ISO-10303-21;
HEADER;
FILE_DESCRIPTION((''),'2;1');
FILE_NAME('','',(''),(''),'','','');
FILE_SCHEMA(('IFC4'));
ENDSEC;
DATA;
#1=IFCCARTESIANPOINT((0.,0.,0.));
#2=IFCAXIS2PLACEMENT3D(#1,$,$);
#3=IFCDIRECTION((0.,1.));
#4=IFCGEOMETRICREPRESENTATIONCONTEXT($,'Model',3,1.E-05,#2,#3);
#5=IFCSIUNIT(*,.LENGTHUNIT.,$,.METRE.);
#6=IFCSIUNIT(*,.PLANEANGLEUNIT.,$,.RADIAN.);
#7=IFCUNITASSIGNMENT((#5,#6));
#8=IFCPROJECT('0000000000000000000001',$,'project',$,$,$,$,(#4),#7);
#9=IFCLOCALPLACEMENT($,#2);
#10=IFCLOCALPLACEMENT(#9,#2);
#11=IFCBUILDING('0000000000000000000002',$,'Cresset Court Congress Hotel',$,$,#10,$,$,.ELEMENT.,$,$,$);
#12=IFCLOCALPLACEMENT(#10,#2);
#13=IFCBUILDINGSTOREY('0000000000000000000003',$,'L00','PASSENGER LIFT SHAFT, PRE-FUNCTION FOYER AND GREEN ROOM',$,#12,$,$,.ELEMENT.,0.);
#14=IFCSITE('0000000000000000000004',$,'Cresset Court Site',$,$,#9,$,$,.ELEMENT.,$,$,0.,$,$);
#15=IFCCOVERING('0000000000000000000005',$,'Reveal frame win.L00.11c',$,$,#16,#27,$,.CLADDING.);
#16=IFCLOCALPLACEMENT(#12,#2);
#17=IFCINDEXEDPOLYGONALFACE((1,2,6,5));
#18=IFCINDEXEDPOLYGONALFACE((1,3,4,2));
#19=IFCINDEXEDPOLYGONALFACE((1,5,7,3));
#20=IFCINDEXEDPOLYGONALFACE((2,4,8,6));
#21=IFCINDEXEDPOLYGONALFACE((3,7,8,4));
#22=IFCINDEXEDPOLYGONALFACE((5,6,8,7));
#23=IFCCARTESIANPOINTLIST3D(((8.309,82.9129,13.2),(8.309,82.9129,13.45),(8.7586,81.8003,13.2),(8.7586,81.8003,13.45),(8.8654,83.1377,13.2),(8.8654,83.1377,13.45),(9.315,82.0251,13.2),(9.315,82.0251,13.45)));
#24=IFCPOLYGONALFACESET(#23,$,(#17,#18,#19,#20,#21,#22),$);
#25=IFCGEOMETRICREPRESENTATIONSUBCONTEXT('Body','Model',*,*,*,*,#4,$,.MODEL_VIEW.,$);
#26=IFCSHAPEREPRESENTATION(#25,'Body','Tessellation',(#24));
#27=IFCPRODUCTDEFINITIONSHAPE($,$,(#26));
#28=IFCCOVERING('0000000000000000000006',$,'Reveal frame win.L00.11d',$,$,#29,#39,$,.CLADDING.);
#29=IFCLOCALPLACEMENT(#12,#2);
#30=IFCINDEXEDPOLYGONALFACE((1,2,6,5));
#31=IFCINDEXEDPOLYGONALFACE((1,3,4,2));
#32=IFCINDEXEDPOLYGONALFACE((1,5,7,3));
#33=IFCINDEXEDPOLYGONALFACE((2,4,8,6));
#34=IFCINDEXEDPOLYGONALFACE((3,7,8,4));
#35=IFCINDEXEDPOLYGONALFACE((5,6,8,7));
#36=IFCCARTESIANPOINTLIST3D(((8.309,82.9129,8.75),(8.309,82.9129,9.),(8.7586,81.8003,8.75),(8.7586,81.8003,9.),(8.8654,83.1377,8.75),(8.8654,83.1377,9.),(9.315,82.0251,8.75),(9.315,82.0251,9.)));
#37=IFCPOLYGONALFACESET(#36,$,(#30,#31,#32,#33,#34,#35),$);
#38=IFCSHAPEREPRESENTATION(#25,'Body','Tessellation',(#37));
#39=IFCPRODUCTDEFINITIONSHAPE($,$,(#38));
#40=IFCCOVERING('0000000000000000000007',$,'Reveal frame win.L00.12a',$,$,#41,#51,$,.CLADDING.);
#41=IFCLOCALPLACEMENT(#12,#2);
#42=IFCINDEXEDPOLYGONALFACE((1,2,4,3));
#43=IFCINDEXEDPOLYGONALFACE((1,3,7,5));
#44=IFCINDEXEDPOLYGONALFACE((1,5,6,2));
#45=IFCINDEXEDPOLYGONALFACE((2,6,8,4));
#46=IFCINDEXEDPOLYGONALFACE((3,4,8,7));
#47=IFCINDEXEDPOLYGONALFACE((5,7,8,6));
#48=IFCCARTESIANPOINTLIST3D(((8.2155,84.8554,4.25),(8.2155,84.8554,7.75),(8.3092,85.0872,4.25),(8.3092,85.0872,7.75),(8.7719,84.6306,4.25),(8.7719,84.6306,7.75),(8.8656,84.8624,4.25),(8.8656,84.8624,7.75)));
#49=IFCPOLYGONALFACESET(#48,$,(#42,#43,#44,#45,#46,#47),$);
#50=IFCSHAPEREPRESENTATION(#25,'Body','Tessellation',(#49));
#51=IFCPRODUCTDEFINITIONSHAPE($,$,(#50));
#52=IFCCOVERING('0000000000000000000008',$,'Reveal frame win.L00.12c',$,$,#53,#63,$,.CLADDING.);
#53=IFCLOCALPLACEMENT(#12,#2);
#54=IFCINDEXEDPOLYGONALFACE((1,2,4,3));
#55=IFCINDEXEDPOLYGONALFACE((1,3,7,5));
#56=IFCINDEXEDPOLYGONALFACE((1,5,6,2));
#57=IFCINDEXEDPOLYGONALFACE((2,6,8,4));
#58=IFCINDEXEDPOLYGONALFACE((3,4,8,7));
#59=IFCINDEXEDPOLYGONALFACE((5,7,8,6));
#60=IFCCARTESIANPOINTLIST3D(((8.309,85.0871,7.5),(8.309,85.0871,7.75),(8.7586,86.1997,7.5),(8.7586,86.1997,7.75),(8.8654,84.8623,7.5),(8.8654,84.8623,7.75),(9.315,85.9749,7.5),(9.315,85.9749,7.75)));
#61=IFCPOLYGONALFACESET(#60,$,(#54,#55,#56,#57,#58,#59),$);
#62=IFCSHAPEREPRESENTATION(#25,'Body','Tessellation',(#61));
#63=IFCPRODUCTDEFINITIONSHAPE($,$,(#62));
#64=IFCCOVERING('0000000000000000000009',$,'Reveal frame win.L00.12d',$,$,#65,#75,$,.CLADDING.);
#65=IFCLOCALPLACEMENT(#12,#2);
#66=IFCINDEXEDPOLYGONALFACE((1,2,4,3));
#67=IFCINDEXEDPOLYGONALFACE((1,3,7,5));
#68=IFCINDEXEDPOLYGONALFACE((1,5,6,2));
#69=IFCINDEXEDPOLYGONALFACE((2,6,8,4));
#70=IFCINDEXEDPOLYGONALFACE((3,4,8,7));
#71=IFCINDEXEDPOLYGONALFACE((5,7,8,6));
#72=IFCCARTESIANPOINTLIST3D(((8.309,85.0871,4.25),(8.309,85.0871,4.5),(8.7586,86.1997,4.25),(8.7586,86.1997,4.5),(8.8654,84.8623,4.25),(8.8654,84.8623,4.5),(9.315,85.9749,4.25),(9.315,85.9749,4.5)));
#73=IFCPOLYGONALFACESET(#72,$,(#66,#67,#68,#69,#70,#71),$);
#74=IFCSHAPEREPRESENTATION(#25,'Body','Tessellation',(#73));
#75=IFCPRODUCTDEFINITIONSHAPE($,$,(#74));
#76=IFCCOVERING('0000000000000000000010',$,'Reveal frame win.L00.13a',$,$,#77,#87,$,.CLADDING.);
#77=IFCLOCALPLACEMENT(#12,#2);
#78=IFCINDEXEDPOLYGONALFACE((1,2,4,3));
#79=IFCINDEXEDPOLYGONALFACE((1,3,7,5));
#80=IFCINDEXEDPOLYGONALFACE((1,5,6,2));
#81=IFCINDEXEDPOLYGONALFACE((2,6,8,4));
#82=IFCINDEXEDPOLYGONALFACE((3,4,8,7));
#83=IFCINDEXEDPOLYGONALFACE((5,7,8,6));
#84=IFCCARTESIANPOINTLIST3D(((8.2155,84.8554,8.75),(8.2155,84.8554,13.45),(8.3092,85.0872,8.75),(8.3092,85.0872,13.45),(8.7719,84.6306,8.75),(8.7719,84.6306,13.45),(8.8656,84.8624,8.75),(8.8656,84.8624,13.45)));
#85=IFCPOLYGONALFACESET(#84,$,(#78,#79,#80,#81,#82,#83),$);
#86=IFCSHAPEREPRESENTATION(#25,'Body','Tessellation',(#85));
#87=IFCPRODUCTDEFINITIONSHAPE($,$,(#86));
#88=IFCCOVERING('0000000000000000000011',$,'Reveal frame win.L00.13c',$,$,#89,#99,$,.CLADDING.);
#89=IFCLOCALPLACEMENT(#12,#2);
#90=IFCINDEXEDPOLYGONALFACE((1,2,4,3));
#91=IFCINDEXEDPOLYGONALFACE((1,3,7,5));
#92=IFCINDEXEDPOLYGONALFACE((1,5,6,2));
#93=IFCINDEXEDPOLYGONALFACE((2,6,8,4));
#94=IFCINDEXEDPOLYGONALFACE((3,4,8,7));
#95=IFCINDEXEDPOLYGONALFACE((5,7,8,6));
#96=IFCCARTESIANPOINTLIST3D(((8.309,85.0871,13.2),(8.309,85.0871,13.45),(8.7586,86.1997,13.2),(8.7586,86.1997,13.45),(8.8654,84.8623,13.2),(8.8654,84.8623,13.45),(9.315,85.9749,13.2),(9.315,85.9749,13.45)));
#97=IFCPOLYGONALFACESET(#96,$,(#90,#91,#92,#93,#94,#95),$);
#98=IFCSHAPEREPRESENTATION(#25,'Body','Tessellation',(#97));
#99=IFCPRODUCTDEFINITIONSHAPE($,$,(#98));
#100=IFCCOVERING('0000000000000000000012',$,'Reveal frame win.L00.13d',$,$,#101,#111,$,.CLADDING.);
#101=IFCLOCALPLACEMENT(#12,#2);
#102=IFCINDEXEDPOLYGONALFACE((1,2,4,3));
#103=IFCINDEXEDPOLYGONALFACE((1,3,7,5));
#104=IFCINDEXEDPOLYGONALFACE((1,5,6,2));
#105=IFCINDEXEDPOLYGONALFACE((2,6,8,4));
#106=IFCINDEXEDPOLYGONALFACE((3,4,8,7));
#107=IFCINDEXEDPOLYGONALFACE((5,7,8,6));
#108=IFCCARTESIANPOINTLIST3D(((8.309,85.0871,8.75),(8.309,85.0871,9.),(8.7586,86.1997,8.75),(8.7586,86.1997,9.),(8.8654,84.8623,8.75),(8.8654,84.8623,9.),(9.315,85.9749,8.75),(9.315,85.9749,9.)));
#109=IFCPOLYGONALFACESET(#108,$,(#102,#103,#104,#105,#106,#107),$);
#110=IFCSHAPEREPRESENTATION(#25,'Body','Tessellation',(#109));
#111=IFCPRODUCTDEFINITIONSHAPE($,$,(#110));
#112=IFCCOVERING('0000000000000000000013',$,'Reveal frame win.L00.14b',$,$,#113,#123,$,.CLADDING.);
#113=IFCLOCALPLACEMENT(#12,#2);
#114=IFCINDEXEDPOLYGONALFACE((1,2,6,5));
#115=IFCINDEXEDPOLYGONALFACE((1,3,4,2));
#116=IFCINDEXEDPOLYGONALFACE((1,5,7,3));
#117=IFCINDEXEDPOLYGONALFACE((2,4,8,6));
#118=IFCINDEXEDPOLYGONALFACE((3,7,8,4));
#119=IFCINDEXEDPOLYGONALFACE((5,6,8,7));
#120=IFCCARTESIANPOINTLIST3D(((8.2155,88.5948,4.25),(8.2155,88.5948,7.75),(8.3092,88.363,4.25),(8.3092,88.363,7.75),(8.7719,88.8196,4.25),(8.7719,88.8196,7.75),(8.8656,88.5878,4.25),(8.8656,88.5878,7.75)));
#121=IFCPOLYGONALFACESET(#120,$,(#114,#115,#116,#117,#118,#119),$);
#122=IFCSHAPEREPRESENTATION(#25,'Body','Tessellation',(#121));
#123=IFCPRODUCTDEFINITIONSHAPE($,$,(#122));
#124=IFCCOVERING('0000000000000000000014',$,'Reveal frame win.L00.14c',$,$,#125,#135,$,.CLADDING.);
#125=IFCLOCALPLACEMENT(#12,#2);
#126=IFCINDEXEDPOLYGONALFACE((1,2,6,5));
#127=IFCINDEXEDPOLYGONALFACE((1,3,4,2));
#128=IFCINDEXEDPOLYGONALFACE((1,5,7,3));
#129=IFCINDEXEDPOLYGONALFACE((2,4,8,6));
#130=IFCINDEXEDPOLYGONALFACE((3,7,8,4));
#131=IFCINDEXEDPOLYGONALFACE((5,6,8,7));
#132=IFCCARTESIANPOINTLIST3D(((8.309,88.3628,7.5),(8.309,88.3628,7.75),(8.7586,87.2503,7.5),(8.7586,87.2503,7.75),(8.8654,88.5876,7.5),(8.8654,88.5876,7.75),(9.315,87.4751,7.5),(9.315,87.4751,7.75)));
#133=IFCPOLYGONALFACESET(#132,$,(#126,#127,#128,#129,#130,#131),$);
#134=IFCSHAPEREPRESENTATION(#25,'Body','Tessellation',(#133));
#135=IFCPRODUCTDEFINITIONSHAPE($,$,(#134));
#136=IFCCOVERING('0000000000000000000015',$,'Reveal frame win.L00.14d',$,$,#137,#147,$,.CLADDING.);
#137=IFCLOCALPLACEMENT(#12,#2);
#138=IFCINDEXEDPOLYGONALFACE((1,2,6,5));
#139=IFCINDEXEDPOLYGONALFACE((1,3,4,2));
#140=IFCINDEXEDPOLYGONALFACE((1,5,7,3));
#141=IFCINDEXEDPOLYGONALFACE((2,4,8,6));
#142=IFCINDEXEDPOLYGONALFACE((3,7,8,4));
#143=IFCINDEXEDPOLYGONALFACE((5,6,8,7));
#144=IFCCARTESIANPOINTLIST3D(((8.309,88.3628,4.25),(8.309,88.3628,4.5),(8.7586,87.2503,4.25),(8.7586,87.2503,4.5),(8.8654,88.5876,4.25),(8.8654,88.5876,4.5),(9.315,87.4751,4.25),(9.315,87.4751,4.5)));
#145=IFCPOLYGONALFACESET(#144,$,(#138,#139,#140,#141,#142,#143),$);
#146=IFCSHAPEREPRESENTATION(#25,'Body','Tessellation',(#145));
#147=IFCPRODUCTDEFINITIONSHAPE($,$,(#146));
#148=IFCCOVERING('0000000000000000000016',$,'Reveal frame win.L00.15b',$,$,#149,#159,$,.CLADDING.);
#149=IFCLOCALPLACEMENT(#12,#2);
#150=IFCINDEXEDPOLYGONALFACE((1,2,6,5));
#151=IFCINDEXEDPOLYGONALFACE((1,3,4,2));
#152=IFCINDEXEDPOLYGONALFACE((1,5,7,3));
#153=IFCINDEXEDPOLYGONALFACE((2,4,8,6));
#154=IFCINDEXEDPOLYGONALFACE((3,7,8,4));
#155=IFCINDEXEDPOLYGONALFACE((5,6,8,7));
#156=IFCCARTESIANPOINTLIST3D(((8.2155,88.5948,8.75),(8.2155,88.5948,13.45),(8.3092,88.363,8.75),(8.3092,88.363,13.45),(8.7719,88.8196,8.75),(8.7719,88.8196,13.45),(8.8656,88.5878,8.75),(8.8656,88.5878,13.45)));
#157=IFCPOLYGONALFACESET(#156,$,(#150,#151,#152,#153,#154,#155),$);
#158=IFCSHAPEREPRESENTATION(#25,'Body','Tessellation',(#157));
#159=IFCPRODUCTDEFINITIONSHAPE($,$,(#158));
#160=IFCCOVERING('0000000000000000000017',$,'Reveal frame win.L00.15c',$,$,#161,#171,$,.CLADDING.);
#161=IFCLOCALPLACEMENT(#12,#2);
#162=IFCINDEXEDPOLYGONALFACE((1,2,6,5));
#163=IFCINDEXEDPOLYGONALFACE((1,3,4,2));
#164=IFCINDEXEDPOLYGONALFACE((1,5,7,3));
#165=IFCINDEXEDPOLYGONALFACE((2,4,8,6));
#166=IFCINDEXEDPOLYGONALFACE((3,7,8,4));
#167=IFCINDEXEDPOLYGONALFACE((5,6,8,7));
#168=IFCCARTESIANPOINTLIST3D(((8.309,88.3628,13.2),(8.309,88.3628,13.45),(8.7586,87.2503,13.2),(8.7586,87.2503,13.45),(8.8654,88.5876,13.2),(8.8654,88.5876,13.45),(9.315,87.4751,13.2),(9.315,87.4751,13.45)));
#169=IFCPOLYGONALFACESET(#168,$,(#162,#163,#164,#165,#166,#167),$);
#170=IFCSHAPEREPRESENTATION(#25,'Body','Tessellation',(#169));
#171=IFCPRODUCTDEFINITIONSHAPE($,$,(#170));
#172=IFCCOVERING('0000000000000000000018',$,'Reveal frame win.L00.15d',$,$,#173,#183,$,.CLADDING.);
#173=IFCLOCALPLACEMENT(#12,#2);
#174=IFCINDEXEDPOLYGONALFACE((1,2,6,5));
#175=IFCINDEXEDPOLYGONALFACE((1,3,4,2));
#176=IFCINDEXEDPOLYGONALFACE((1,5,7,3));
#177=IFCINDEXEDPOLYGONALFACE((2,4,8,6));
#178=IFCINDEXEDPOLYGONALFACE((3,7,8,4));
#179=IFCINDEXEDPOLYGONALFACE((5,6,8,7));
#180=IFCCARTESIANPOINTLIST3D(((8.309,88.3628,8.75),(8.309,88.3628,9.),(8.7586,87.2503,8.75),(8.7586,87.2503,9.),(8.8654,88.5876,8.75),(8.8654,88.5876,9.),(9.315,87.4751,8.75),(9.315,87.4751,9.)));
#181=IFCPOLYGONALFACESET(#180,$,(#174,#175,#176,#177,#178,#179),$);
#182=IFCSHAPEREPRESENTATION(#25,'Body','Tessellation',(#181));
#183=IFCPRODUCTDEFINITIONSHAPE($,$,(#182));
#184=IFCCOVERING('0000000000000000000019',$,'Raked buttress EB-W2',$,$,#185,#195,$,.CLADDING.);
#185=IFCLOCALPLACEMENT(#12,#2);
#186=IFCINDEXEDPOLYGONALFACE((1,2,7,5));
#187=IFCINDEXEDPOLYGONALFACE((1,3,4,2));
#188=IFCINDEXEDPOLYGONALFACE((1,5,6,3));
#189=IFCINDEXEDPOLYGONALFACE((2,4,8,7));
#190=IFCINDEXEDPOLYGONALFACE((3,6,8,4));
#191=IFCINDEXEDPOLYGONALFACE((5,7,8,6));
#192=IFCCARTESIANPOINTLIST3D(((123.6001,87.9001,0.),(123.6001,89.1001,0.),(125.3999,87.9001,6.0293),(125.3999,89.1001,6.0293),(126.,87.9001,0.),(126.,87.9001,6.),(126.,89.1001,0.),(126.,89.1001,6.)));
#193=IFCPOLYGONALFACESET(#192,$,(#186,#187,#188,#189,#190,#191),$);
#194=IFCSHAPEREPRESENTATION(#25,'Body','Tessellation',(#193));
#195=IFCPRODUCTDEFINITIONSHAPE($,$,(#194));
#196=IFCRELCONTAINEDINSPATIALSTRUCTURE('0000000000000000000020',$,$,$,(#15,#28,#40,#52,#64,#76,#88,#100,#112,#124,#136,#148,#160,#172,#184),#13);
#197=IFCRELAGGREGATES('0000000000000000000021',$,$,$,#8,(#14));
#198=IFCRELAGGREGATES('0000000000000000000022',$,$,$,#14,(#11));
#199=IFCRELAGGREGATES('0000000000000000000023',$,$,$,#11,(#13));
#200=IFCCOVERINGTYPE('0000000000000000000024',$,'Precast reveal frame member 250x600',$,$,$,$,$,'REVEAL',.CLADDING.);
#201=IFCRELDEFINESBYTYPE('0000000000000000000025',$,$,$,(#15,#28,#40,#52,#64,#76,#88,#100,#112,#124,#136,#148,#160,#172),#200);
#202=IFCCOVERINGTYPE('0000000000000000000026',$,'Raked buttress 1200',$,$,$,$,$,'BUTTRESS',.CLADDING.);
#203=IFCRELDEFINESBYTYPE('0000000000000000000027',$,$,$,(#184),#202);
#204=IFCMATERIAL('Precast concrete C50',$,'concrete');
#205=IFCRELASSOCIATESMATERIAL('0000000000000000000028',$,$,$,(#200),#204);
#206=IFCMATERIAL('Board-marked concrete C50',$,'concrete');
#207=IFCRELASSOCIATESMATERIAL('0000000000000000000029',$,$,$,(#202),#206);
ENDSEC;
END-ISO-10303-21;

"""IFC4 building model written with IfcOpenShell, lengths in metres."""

from ifc_helpers import new_model, si_unit, direction, frame, origin, origin_2d, place, context, subcontext, project, spatial, polyline, rectangle, outline, extrude, material, type_object, element, save


model = new_model("IFC4")

# Units and contexts
model_context = context("Model", 3, precision=1e-05, world=origin(), true_north=direction((0.0, 1.0)))
body_context = subcontext(model_context, "Body", "Model", "MODEL_VIEW")
ifc_project = project(units=[si_unit("LENGTHUNIT", "METRE"), si_unit("PLANEANGLEUNIT", "RADIAN")], contexts=[model_context])

# Site, building, storey
site_placement = place(None, origin())
site = spatial("IfcSite", under=ifc_project, at=site_placement, Name="Cresset Court Site", CompositionType="ELEMENT", RefElevation=0.0)
building_placement = place(site_placement, origin())
building = spatial("IfcBuilding", under=site, at=building_placement, Name="Cresset Court Congress Hotel", CompositionType="ELEMENT")
storey_placement = place(building_placement, origin())
storey = spatial("IfcBuildingStorey", under=building, at=storey_placement, Name="L00", Description="PASSENGER LIFT SHAFT, PRE-FUNCTION FOYER AND GREEN ROOM", CompositionType="ELEMENT", Elevation=0.0)

# Coverings
ifc_material_1 = material(Name="Precast concrete C50", Category="concrete")
covering_type_1 = type_object("IfcCoveringType", Name="Precast reveal frame member 250x600", ElementType="REVEAL", PredefinedType="CLADDING", material=ifc_material_1)
for number, where, z_axis, x_axis, name in (
    (1, (8.812, 82.469, 13.2), (0.0, 0.0, 1.0), (-0.374623, 0.927177, 0.0), "Reveal frame win.L00.11c"),
    (2, (8.812, 82.469, 8.75), (0.0, 0.0, 1.0), (-0.374623, 0.927177, 0.0), "Reveal frame win.L00.11d"),
):
    element("IfcCovering", number, at=place(storey_placement, frame(where, z_axis=z_axis, x_axis=x_axis)), inside=storey, type_object=covering_type_1, Name=name, PredefinedType="CLADDING", context=body_context, shape_type="SweptSolid", body=[
        extrude(rectangle(XDim=1.2, YDim=0.6001, at=origin_2d()), origin(), (0.0, 0.0, 1.0), 0.25),
    ])
covering_1_placement = place(storey_placement, frame((8.5405, 84.8589, 4.25), z_axis=(0.0, 0.0, 1.0), x_axis=(0.374623, 0.927177, 0.0)))
element("IfcCovering", 3, at=covering_1_placement, inside=storey, type_object=covering_type_1, Name="Reveal frame win.L00.12a", PredefinedType="CLADDING", context=body_context, shape_type="SweptSolid", body=[
    extrude(rectangle(XDim=0.25, YDim=0.6001, at=origin_2d()), origin(), (0.0, 0.0, 1.0), 3.5),
])
for number, where, z_axis, x_axis, name in (
    (4, (8.812, 85.531, 7.5), (0.0, 0.0, 1.0), (0.374623, 0.927177, 0.0), "Reveal frame win.L00.12c"),
    (5, (8.812, 85.531, 4.25), (0.0, 0.0, 1.0), (0.374623, 0.927177, 0.0), "Reveal frame win.L00.12d"),
):
    element("IfcCovering", number, at=place(storey_placement, frame(where, z_axis=z_axis, x_axis=x_axis)), inside=storey, type_object=covering_type_1, Name=name, PredefinedType="CLADDING", context=body_context, shape_type="SweptSolid", body=[
        extrude(rectangle(XDim=1.2, YDim=0.6001, at=origin_2d()), origin(), (0.0, 0.0, 1.0), 0.25),
    ])
covering_2_placement = place(storey_placement, frame((8.5405, 84.8589, 8.75), z_axis=(0.0, 0.0, 1.0), x_axis=(0.374623, 0.927177, 0.0)))
element("IfcCovering", 6, at=covering_2_placement, inside=storey, type_object=covering_type_1, Name="Reveal frame win.L00.13a", PredefinedType="CLADDING", context=body_context, shape_type="SweptSolid", body=[
    extrude(rectangle(XDim=0.25, YDim=0.6001, at=origin_2d()), origin(), (0.0, 0.0, 1.0), 4.7),
])
for number, where, z_axis, x_axis, name in (
    (7, (8.812, 85.531, 13.2), (0.0, 0.0, 1.0), (0.374623, 0.927177, 0.0), "Reveal frame win.L00.13c"),
    (8, (8.812, 85.531, 8.75), (0.0, 0.0, 1.0), (0.374623, 0.927177, 0.0), "Reveal frame win.L00.13d"),
):
    element("IfcCovering", number, at=place(storey_placement, frame(where, z_axis=z_axis, x_axis=x_axis)), inside=storey, type_object=covering_type_1, Name=name, PredefinedType="CLADDING", context=body_context, shape_type="SweptSolid", body=[
        extrude(rectangle(XDim=1.2, YDim=0.6001, at=origin_2d()), origin(), (0.0, 0.0, 1.0), 0.25),
    ])
covering_3_placement = place(storey_placement, frame((8.5405, 88.5913, 4.25), z_axis=(0.0, 0.0, 1.0), x_axis=(-0.374623, 0.927177, 0.0)))
element("IfcCovering", 9, at=covering_3_placement, inside=storey, type_object=covering_type_1, Name="Reveal frame win.L00.14b", PredefinedType="CLADDING", context=body_context, shape_type="SweptSolid", body=[
    extrude(rectangle(XDim=0.25, YDim=0.6001, at=origin_2d()), origin(), (0.0, 0.0, 1.0), 3.5),
])
for number, where, z_axis, x_axis, name in (
    (10, (8.812, 87.9189, 7.5), (0.0, 0.0, 1.0), (-0.374623, 0.927177, 0.0), "Reveal frame win.L00.14c"),
    (11, (8.812, 87.9189, 4.25), (0.0, 0.0, 1.0), (-0.374623, 0.927177, 0.0), "Reveal frame win.L00.14d"),
):
    element("IfcCovering", number, at=place(storey_placement, frame(where, z_axis=z_axis, x_axis=x_axis)), inside=storey, type_object=covering_type_1, Name=name, PredefinedType="CLADDING", context=body_context, shape_type="SweptSolid", body=[
        extrude(rectangle(XDim=1.2, YDim=0.6001, at=origin_2d()), origin(), (0.0, 0.0, 1.0), 0.25),
    ])
covering_4_placement = place(storey_placement, frame((8.5405, 88.5913, 8.75), z_axis=(0.0, 0.0, 1.0), x_axis=(-0.374623, 0.927177, 0.0)))
element("IfcCovering", 12, at=covering_4_placement, inside=storey, type_object=covering_type_1, Name="Reveal frame win.L00.15b", PredefinedType="CLADDING", context=body_context, shape_type="SweptSolid", body=[
    extrude(rectangle(XDim=0.25, YDim=0.6001, at=origin_2d()), origin(), (0.0, 0.0, 1.0), 4.7),
])
for number, where, z_axis, x_axis, name in (
    (13, (8.812, 87.9189, 13.2), (0.0, 0.0, 1.0), (-0.374623, 0.927177, 0.0), "Reveal frame win.L00.15c"),
    (14, (8.812, 87.9189, 8.75), (0.0, 0.0, 1.0), (-0.374623, 0.927177, 0.0), "Reveal frame win.L00.15d"),
):
    element("IfcCovering", number, at=place(storey_placement, frame(where, z_axis=z_axis, x_axis=x_axis)), inside=storey, type_object=covering_type_1, Name=name, PredefinedType="CLADDING", context=body_context, shape_type="SweptSolid", body=[
        extrude(rectangle(XDim=1.2, YDim=0.6001, at=origin_2d()), origin(), (0.0, 0.0, 1.0), 0.25),
    ])
ifc_material_2 = material(Name="Board-marked concrete C50", Category="concrete")
covering_type_2 = type_object("IfcCoveringType", Name="Raked buttress 1200", ElementType="BUTTRESS", PredefinedType="CLADDING", material=ifc_material_2)
covering_5_placement = place(storey_placement, frame((0.0, 88.5, 0.0)))
element("IfcCovering", 15, at=covering_5_placement, inside=storey, type_object=covering_type_2, Name="Raked buttress EB-W2", PredefinedType="CLADDING", context=body_context, shape_type="SweptSolid", body=[
    extrude(outline(polyline([(126.0, 6.0), (125.3999, 6.0293), (123.6001, 0.0), (126.0, 0.0), (126.0, 6.0)])), frame((0.0, 0.6001, 0.0), z_axis=(0.0, -1.0, 0.0), x_axis=(1.0, 0.0, 0.0)), (0.0, 0.0, 1.0), 1.2),
])

save(model, "model.ifc")
